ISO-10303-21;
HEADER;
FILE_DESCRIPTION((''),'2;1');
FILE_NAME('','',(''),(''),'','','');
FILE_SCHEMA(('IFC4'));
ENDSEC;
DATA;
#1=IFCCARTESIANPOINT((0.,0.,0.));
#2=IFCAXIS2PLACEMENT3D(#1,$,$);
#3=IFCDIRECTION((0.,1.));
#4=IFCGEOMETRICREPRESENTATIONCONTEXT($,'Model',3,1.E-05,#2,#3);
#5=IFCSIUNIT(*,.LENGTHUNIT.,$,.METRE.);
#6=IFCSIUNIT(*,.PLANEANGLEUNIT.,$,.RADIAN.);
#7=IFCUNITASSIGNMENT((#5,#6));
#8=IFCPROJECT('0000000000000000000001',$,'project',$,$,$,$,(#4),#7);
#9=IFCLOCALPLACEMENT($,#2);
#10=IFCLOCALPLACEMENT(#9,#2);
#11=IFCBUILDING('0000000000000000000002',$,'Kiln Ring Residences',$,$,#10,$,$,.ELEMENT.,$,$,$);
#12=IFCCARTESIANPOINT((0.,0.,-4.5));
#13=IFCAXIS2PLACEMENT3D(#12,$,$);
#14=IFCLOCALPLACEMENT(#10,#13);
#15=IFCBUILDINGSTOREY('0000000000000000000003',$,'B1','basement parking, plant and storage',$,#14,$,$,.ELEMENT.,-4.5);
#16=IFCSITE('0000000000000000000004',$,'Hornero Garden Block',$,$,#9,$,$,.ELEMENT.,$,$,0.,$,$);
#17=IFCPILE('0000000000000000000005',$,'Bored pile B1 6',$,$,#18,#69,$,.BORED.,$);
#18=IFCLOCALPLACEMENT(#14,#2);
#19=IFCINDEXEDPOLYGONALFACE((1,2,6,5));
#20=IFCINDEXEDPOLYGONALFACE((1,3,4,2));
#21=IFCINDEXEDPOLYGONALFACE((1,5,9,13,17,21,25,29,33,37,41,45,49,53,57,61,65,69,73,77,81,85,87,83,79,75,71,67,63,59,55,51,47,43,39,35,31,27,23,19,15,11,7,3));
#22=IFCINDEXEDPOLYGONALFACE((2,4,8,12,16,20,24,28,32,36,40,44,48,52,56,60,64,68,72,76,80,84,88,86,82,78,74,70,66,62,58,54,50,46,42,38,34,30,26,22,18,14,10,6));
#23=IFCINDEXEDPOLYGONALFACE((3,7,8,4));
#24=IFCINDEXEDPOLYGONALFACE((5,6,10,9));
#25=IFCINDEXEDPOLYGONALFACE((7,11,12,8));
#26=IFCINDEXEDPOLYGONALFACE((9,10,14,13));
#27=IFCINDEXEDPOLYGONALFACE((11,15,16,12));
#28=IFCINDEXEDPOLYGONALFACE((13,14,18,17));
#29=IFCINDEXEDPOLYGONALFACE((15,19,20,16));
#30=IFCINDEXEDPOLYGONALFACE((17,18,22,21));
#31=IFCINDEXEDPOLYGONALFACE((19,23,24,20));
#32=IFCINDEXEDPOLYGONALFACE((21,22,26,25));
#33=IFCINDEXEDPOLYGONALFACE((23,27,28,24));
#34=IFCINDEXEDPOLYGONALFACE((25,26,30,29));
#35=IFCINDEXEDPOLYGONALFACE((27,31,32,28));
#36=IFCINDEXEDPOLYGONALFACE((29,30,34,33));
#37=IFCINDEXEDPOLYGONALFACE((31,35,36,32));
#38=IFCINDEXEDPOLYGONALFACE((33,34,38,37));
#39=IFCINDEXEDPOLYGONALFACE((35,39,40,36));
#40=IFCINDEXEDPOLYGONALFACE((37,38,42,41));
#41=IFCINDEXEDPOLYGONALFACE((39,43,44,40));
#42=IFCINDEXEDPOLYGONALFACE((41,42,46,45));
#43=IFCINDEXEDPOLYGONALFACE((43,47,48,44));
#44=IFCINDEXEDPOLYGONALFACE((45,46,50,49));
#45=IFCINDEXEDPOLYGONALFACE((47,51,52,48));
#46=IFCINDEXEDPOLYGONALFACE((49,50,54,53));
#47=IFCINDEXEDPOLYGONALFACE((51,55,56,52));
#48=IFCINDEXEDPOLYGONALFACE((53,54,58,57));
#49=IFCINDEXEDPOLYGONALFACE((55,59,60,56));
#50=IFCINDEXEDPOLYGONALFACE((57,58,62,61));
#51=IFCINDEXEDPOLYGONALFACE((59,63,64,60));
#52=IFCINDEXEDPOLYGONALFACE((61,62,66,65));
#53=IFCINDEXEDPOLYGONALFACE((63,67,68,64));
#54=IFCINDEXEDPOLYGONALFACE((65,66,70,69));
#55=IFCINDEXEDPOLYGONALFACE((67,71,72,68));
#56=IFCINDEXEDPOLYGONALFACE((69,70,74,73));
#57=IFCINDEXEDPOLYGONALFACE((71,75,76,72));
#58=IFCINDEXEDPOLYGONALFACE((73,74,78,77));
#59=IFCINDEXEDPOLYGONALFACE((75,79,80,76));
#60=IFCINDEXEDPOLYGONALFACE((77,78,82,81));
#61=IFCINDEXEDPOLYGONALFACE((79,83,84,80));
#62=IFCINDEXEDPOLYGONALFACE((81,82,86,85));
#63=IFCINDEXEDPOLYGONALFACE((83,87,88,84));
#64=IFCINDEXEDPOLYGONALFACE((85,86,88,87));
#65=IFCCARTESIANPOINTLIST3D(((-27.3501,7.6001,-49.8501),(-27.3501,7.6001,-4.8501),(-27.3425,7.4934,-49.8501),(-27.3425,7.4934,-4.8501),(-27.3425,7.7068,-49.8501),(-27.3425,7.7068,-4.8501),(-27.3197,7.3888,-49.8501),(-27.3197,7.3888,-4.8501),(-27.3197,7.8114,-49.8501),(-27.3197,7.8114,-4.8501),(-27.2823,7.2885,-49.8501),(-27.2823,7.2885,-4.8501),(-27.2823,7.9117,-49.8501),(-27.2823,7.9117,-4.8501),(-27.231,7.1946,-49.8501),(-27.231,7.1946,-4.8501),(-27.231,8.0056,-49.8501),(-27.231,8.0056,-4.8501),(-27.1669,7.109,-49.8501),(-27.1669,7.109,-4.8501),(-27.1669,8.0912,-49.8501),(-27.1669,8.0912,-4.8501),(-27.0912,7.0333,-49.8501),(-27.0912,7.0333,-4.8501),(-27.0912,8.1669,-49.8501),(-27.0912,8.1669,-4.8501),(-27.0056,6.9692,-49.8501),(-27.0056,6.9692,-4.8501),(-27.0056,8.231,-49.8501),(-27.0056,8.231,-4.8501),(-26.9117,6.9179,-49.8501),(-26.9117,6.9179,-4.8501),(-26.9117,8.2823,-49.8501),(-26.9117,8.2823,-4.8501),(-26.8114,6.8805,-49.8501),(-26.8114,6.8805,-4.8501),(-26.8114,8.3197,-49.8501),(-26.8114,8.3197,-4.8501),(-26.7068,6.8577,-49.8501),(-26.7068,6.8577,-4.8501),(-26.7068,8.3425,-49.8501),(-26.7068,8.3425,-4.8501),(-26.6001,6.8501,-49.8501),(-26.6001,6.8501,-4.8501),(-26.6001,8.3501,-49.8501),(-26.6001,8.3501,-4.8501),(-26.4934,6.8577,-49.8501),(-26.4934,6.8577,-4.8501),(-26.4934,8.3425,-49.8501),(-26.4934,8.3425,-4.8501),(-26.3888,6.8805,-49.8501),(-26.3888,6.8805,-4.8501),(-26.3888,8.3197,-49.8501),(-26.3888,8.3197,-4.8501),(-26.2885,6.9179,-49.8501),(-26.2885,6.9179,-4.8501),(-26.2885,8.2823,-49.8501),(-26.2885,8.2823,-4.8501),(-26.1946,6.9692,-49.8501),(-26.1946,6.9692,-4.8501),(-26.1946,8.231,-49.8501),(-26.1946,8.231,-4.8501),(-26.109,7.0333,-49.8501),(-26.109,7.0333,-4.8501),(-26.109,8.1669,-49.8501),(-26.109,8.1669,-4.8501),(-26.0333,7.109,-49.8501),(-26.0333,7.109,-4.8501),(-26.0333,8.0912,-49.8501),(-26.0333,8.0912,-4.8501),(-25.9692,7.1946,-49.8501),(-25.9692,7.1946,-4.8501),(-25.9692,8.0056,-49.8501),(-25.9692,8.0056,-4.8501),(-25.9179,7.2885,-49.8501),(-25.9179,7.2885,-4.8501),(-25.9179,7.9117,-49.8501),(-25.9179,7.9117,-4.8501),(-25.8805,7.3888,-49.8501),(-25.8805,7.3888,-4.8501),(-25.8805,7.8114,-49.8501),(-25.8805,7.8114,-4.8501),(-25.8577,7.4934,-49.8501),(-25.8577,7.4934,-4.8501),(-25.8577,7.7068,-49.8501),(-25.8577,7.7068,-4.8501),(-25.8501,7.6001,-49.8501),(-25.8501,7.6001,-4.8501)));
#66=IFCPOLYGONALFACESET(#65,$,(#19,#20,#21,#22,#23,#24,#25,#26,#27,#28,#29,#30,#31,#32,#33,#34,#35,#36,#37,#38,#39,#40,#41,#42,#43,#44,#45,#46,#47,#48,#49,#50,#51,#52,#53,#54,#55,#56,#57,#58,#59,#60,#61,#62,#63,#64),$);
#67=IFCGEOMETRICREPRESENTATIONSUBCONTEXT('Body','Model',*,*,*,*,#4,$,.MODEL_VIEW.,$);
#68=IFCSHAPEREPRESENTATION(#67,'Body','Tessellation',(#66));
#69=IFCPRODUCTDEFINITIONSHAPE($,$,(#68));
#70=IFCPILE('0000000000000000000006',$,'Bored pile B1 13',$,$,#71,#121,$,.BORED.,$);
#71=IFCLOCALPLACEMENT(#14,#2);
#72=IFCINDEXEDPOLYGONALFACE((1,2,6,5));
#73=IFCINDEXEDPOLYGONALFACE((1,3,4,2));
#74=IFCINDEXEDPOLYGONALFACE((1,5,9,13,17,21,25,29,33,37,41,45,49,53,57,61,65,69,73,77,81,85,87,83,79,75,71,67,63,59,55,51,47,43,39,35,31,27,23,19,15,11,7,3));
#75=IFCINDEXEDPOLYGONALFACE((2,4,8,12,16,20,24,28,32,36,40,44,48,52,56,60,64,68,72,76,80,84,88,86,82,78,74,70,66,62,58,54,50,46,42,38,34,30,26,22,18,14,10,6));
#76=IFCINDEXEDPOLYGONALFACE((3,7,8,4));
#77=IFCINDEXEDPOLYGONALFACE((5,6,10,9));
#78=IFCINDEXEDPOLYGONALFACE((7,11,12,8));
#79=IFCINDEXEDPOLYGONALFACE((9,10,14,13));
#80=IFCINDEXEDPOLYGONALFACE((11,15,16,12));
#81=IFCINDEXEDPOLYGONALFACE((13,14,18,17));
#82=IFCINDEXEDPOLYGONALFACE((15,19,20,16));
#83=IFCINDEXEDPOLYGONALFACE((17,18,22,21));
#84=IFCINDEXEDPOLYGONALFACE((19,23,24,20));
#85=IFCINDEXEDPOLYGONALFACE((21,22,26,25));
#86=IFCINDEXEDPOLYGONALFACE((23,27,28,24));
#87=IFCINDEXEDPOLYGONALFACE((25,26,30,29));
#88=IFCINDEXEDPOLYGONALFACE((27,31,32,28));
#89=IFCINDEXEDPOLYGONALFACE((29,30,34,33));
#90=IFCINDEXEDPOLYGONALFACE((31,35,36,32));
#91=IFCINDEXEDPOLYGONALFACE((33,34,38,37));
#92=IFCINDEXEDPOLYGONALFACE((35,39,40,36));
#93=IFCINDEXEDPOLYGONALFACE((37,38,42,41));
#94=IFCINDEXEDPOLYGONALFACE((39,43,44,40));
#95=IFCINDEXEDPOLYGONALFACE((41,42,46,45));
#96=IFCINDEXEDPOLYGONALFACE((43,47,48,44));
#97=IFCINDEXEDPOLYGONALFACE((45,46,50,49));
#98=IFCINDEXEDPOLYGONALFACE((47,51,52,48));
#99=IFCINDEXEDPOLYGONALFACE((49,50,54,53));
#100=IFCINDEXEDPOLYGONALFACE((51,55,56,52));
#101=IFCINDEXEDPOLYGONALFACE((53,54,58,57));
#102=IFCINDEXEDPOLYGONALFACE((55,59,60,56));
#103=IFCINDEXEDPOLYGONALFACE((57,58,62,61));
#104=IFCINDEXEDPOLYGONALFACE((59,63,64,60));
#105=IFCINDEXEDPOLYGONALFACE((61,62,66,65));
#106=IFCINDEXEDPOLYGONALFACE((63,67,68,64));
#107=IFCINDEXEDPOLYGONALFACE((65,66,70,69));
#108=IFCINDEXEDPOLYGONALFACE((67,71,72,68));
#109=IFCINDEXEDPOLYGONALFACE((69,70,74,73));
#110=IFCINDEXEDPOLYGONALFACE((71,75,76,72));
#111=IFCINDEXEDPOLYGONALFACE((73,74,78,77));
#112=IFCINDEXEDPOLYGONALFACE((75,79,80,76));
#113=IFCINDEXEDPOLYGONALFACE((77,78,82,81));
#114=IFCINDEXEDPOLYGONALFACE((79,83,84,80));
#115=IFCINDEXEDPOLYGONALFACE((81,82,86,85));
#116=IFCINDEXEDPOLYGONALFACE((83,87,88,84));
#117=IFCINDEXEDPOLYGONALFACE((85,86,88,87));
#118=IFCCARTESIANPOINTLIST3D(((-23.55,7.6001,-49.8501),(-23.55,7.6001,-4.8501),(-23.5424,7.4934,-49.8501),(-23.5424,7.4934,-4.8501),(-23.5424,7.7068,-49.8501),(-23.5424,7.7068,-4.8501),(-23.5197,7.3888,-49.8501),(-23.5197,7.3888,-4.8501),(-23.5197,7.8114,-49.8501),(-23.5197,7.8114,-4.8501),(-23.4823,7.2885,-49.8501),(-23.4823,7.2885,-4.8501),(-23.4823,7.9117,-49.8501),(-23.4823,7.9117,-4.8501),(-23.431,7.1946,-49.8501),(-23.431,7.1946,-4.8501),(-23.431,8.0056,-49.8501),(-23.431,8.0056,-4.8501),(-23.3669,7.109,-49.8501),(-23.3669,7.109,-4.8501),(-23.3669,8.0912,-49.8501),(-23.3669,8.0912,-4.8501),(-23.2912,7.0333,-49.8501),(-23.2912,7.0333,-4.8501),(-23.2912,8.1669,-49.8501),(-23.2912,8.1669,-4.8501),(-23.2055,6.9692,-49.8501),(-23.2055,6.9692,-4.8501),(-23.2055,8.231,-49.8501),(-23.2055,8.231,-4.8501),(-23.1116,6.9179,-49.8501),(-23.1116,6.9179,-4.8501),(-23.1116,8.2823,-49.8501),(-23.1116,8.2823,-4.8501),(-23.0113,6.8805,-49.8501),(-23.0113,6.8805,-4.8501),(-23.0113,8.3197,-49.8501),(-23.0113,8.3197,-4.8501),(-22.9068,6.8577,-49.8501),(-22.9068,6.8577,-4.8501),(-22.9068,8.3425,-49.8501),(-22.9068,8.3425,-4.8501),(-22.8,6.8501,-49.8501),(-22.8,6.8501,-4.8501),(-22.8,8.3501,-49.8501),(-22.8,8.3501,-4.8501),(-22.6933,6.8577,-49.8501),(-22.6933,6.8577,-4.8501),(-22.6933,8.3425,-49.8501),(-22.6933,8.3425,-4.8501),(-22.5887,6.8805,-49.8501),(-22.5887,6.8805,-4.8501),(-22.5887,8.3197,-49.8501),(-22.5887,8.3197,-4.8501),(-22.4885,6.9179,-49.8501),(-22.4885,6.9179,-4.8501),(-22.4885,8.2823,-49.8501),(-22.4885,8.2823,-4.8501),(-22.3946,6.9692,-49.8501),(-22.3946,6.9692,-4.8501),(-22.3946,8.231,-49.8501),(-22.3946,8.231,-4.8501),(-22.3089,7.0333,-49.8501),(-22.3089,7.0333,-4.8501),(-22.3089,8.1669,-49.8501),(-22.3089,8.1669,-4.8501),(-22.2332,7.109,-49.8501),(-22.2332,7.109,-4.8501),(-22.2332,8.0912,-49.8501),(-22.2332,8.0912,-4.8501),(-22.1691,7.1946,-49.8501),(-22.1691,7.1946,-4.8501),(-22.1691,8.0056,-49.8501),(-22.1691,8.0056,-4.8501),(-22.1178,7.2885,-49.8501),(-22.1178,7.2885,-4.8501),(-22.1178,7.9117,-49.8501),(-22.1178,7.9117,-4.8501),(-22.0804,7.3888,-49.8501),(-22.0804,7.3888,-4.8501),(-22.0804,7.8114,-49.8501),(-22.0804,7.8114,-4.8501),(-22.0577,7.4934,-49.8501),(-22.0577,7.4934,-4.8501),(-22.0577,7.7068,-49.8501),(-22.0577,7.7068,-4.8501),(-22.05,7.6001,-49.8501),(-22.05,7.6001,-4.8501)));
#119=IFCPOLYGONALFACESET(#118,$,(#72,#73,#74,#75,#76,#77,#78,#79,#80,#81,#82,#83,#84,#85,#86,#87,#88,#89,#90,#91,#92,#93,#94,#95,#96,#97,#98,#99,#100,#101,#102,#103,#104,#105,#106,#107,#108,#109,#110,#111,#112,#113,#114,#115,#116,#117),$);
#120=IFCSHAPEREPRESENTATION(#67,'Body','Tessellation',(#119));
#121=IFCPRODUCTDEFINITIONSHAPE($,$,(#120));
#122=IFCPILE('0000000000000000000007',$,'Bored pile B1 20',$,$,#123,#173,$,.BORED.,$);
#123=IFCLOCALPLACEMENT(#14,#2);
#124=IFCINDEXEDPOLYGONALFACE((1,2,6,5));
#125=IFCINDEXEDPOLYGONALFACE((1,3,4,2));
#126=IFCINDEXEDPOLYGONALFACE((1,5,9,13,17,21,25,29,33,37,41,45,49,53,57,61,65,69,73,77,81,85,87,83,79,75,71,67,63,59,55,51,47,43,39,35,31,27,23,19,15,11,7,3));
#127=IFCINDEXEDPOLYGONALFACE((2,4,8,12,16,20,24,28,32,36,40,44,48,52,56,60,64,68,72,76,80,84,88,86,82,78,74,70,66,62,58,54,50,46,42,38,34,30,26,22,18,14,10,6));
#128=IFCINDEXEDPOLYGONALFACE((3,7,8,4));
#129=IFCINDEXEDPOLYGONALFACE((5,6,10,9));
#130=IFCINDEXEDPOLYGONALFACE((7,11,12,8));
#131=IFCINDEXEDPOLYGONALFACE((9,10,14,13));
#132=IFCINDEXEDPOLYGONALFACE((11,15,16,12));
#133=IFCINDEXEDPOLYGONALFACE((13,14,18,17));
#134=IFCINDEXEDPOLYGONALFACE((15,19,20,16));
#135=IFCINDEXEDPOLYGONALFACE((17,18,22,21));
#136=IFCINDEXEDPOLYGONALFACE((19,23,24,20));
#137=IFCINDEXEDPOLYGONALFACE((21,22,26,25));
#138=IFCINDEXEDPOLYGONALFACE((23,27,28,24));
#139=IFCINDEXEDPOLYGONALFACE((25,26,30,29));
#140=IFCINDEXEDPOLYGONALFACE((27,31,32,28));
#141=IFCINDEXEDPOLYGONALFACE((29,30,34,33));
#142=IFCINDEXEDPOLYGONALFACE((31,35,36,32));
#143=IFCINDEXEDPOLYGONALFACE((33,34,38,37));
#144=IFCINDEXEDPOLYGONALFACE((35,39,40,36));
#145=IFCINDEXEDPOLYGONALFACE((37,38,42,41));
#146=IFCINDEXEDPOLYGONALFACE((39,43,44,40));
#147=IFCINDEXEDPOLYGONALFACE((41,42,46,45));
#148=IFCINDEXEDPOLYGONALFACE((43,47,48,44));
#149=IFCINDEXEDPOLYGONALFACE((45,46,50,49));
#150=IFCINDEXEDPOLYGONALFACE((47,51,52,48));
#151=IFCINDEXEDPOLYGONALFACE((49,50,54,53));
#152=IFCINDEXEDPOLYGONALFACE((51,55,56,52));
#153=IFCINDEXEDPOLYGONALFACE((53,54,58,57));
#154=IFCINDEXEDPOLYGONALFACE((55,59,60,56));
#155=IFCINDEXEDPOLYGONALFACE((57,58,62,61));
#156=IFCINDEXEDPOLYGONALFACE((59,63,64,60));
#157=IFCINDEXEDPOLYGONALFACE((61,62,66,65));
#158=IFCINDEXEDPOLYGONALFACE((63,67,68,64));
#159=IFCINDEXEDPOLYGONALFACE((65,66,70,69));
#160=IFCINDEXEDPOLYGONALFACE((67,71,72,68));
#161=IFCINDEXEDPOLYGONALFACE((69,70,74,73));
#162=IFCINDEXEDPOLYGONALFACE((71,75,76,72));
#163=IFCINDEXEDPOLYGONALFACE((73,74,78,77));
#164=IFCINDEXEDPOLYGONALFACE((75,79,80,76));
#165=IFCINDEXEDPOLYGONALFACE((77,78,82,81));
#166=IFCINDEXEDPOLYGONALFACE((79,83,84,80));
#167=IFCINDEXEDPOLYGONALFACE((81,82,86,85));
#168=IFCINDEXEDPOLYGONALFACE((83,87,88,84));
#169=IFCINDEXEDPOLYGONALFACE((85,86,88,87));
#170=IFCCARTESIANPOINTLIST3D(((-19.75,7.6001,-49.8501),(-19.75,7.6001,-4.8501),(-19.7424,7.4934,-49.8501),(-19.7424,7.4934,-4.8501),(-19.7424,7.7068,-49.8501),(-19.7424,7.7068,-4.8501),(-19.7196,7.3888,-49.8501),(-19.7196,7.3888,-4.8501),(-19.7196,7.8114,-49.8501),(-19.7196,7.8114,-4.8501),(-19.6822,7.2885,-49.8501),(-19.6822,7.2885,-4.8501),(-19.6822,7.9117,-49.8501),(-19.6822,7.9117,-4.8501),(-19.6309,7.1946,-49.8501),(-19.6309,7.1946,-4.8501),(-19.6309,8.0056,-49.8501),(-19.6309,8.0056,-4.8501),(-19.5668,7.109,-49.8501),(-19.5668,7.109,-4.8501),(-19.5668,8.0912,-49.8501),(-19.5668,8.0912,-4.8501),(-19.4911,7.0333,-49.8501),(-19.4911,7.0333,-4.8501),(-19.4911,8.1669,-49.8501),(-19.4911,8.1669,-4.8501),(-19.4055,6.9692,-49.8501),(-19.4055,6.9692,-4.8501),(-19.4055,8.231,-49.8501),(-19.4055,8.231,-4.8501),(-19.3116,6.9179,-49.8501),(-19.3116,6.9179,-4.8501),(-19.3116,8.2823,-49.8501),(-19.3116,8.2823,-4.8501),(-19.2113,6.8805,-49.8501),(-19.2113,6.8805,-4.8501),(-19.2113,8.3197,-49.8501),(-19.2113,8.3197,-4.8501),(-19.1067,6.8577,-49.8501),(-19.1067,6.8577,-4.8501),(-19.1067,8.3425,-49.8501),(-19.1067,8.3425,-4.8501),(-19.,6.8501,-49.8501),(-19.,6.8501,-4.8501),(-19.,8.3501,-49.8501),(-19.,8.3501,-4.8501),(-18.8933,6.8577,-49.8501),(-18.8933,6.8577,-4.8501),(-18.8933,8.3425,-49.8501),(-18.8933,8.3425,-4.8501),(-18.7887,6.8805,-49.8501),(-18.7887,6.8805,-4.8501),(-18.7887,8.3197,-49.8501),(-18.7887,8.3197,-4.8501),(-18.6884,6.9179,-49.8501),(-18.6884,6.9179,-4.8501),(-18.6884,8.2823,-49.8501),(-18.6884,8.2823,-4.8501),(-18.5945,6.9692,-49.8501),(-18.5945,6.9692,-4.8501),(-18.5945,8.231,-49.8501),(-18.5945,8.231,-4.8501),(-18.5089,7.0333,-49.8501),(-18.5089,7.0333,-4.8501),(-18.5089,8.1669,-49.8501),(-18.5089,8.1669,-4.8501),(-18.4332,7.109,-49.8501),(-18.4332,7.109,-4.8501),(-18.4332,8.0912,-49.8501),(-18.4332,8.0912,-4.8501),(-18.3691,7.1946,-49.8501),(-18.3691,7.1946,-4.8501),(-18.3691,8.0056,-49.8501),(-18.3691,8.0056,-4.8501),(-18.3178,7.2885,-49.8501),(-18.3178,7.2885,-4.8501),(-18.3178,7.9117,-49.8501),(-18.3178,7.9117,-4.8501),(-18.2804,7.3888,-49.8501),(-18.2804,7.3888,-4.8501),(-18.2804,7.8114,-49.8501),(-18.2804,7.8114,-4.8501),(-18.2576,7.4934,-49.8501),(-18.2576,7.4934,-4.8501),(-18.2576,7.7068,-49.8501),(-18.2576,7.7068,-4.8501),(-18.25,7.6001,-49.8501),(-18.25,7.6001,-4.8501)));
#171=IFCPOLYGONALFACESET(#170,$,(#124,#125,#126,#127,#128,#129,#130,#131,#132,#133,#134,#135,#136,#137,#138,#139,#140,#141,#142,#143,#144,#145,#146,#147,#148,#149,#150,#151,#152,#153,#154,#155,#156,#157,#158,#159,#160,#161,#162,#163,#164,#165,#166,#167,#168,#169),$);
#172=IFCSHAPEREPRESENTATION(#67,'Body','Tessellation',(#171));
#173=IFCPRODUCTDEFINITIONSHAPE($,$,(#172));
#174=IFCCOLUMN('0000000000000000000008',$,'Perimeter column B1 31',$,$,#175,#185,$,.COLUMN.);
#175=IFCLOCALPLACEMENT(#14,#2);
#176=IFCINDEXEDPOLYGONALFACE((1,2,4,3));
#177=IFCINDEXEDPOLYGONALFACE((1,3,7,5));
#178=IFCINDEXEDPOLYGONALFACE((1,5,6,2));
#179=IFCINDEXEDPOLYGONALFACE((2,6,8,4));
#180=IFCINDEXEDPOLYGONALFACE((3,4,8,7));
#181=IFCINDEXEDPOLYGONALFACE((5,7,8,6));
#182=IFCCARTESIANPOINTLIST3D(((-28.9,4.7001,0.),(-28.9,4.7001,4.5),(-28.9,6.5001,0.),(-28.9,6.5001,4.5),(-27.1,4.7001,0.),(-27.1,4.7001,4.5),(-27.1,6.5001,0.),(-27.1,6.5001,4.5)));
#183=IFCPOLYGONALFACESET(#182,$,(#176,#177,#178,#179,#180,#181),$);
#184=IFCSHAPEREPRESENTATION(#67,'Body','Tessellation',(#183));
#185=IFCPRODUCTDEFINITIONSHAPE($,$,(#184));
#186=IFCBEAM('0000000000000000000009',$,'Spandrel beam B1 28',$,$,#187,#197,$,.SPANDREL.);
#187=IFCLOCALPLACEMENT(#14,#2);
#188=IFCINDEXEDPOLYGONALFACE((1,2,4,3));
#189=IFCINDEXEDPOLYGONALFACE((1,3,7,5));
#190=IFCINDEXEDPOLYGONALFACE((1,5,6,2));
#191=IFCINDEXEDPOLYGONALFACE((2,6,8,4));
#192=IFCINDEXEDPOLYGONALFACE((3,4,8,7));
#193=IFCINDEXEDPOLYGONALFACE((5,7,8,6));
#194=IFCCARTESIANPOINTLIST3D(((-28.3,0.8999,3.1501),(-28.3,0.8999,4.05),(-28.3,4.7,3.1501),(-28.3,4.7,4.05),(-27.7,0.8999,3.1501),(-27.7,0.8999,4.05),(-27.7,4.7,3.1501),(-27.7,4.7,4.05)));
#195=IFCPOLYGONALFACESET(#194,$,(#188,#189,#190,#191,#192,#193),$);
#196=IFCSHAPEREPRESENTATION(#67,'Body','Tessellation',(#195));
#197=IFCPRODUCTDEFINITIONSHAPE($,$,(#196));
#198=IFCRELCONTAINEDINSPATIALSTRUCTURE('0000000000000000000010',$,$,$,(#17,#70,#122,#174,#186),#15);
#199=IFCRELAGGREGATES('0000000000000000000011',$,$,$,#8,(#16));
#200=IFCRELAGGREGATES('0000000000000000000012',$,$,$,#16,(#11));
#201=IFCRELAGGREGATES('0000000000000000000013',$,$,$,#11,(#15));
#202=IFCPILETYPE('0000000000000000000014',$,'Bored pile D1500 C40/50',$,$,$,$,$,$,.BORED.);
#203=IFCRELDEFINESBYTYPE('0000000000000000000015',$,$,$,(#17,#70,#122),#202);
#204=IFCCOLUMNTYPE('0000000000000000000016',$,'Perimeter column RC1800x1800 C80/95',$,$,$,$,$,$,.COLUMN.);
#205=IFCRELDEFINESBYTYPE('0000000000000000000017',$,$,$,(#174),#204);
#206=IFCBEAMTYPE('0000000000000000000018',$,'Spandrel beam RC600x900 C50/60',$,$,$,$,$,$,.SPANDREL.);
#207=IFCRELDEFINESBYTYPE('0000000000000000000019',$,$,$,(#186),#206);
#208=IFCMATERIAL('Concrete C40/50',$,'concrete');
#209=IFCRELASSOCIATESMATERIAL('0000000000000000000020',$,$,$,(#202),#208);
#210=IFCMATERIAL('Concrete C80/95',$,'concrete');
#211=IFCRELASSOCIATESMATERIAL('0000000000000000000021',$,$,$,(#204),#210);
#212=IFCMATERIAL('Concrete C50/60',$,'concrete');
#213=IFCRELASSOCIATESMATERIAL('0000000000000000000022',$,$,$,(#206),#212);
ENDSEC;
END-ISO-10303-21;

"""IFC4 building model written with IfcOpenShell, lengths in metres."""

from ifc_helpers import new_model, si_unit, direction, frame, origin, origin_2d, place, context, subcontext, project, spatial, rectangle, circle, extrude, material, material_profile, profile_set, type_object, element, save


model = new_model("IFC4")

# Units and contexts
model_context = context("Model", 3, precision=1e-05, world=origin(), true_north=direction((0.0, 1.0)))
body_context = subcontext(model_context, "Body", "Model", "MODEL_VIEW")
ifc_project = project(units=[si_unit("LENGTHUNIT", "METRE"), si_unit("PLANEANGLEUNIT", "RADIAN")], contexts=[model_context])

# Site, building, storey
site_placement = place(None, origin())
site = spatial("IfcSite", under=ifc_project, at=site_placement, Name="Hornero Garden Block", CompositionType="ELEMENT", RefElevation=0.0)
building_placement = place(site_placement, origin())
building = spatial("IfcBuilding", under=site, at=building_placement, Name="Kiln Ring Residences", CompositionType="ELEMENT")
storey_placement = place(building_placement, frame((0.0, 0.0, -4.5)))
storey = spatial("IfcBuildingStorey", under=building, at=storey_placement, Name="B1", Description="basement parking, plant and storage", CompositionType="ELEMENT", Elevation=-4.5)

# Piles
ifc_material_1 = material(Name="Concrete C40/50", Category="concrete")
ifc_material_profile_1 = material_profile(ifc_material_1, circle(Radius=0.75, at=origin_2d()), Name="BORED1500")
ifc_profile_set_1 = profile_set([ifc_material_profile_1], Name="Concrete C40/50")
pile_type = type_object("IfcPileType", Name="Bored pile D1500 C40/50", PredefinedType="BORED", material=ifc_profile_set_1)
for number, where, z_axis, x_axis, name in (
    (1, (-26.6001, 7.6001, -4.8501), (0.0, 0.0, -1.0), (1.0, 0.0, 0.0), "Bored pile B1 6"),
    (2, (-22.8, 7.6001, -4.8501), (0.0, 0.0, -1.0), (1.0, 0.0, 0.0), "Bored pile B1 13"),
    (3, (-19.0, 7.6001, -4.8501), (0.0, 0.0, -1.0), (1.0, 0.0, 0.0), "Bored pile B1 20"),
):
    element("IfcPile", number, at=place(storey_placement, frame(where, z_axis=z_axis, x_axis=x_axis)), inside=storey, type_object=pile_type, Name=name, PredefinedType="BORED", context=body_context, shape_type="SweptSolid", body=[
        extrude(circle(Radius=0.75, at=origin_2d()), origin(), (0.0, 0.0, 1.0), 45.0),
    ])

# Column
ifc_material_2 = material(Name="Concrete C80/95", Category="concrete")
ifc_material_profile_2 = material_profile(ifc_material_2, rectangle(XDim=1.8, YDim=1.8, at=origin_2d()), Name="RC1800x1800")
ifc_profile_set_2 = profile_set([ifc_material_profile_2], Name="Concrete C80/95")
column_type = type_object("IfcColumnType", Name="Perimeter column RC1800x1800 C80/95", PredefinedType="COLUMN", material=ifc_profile_set_2)
column_placement = place(storey_placement, frame((-28.0, 5.6001, 0.0), z_axis=(0.0, 0.0, 1.0), x_axis=(1.0, 0.0, 0.0)))
element("IfcColumn", 4, at=column_placement, inside=storey, type_object=column_type, Name="Perimeter column B1 31", PredefinedType="COLUMN", context=body_context, shape_type="SweptSolid", body=[
    extrude(rectangle(XDim=1.8, YDim=1.8, at=origin_2d()), origin(), (0.0, 0.0, 1.0), 4.5),
])

# Beam
ifc_material_3 = material(Name="Concrete C50/60", Category="concrete")
ifc_material_profile_3 = material_profile(ifc_material_3, rectangle(XDim=0.6001, YDim=0.8999, at=origin_2d()), Name="RC600x900")
ifc_profile_set_3 = profile_set([ifc_material_profile_3], Name="Concrete C50/60")
beam_type = type_object("IfcBeamType", Name="Spandrel beam RC600x900 C50/60", PredefinedType="SPANDREL", material=ifc_profile_set_3)
beam_placement = place(storey_placement, frame((-28.0, 4.7, 3.6001), z_axis=(0.0, -1.0, 0.0), x_axis=(1.0, 0.0, 0.0)))
element("IfcBeam", 5, at=beam_placement, inside=storey, type_object=beam_type, Name="Spandrel beam B1 28", PredefinedType="SPANDREL", context=body_context, shape_type="SweptSolid", body=[
    extrude(rectangle(XDim=0.6001, YDim=0.8999, at=origin_2d()), origin(), (0.0, 0.0, 1.0), 3.8),
])

save(model, "model.ifc")
